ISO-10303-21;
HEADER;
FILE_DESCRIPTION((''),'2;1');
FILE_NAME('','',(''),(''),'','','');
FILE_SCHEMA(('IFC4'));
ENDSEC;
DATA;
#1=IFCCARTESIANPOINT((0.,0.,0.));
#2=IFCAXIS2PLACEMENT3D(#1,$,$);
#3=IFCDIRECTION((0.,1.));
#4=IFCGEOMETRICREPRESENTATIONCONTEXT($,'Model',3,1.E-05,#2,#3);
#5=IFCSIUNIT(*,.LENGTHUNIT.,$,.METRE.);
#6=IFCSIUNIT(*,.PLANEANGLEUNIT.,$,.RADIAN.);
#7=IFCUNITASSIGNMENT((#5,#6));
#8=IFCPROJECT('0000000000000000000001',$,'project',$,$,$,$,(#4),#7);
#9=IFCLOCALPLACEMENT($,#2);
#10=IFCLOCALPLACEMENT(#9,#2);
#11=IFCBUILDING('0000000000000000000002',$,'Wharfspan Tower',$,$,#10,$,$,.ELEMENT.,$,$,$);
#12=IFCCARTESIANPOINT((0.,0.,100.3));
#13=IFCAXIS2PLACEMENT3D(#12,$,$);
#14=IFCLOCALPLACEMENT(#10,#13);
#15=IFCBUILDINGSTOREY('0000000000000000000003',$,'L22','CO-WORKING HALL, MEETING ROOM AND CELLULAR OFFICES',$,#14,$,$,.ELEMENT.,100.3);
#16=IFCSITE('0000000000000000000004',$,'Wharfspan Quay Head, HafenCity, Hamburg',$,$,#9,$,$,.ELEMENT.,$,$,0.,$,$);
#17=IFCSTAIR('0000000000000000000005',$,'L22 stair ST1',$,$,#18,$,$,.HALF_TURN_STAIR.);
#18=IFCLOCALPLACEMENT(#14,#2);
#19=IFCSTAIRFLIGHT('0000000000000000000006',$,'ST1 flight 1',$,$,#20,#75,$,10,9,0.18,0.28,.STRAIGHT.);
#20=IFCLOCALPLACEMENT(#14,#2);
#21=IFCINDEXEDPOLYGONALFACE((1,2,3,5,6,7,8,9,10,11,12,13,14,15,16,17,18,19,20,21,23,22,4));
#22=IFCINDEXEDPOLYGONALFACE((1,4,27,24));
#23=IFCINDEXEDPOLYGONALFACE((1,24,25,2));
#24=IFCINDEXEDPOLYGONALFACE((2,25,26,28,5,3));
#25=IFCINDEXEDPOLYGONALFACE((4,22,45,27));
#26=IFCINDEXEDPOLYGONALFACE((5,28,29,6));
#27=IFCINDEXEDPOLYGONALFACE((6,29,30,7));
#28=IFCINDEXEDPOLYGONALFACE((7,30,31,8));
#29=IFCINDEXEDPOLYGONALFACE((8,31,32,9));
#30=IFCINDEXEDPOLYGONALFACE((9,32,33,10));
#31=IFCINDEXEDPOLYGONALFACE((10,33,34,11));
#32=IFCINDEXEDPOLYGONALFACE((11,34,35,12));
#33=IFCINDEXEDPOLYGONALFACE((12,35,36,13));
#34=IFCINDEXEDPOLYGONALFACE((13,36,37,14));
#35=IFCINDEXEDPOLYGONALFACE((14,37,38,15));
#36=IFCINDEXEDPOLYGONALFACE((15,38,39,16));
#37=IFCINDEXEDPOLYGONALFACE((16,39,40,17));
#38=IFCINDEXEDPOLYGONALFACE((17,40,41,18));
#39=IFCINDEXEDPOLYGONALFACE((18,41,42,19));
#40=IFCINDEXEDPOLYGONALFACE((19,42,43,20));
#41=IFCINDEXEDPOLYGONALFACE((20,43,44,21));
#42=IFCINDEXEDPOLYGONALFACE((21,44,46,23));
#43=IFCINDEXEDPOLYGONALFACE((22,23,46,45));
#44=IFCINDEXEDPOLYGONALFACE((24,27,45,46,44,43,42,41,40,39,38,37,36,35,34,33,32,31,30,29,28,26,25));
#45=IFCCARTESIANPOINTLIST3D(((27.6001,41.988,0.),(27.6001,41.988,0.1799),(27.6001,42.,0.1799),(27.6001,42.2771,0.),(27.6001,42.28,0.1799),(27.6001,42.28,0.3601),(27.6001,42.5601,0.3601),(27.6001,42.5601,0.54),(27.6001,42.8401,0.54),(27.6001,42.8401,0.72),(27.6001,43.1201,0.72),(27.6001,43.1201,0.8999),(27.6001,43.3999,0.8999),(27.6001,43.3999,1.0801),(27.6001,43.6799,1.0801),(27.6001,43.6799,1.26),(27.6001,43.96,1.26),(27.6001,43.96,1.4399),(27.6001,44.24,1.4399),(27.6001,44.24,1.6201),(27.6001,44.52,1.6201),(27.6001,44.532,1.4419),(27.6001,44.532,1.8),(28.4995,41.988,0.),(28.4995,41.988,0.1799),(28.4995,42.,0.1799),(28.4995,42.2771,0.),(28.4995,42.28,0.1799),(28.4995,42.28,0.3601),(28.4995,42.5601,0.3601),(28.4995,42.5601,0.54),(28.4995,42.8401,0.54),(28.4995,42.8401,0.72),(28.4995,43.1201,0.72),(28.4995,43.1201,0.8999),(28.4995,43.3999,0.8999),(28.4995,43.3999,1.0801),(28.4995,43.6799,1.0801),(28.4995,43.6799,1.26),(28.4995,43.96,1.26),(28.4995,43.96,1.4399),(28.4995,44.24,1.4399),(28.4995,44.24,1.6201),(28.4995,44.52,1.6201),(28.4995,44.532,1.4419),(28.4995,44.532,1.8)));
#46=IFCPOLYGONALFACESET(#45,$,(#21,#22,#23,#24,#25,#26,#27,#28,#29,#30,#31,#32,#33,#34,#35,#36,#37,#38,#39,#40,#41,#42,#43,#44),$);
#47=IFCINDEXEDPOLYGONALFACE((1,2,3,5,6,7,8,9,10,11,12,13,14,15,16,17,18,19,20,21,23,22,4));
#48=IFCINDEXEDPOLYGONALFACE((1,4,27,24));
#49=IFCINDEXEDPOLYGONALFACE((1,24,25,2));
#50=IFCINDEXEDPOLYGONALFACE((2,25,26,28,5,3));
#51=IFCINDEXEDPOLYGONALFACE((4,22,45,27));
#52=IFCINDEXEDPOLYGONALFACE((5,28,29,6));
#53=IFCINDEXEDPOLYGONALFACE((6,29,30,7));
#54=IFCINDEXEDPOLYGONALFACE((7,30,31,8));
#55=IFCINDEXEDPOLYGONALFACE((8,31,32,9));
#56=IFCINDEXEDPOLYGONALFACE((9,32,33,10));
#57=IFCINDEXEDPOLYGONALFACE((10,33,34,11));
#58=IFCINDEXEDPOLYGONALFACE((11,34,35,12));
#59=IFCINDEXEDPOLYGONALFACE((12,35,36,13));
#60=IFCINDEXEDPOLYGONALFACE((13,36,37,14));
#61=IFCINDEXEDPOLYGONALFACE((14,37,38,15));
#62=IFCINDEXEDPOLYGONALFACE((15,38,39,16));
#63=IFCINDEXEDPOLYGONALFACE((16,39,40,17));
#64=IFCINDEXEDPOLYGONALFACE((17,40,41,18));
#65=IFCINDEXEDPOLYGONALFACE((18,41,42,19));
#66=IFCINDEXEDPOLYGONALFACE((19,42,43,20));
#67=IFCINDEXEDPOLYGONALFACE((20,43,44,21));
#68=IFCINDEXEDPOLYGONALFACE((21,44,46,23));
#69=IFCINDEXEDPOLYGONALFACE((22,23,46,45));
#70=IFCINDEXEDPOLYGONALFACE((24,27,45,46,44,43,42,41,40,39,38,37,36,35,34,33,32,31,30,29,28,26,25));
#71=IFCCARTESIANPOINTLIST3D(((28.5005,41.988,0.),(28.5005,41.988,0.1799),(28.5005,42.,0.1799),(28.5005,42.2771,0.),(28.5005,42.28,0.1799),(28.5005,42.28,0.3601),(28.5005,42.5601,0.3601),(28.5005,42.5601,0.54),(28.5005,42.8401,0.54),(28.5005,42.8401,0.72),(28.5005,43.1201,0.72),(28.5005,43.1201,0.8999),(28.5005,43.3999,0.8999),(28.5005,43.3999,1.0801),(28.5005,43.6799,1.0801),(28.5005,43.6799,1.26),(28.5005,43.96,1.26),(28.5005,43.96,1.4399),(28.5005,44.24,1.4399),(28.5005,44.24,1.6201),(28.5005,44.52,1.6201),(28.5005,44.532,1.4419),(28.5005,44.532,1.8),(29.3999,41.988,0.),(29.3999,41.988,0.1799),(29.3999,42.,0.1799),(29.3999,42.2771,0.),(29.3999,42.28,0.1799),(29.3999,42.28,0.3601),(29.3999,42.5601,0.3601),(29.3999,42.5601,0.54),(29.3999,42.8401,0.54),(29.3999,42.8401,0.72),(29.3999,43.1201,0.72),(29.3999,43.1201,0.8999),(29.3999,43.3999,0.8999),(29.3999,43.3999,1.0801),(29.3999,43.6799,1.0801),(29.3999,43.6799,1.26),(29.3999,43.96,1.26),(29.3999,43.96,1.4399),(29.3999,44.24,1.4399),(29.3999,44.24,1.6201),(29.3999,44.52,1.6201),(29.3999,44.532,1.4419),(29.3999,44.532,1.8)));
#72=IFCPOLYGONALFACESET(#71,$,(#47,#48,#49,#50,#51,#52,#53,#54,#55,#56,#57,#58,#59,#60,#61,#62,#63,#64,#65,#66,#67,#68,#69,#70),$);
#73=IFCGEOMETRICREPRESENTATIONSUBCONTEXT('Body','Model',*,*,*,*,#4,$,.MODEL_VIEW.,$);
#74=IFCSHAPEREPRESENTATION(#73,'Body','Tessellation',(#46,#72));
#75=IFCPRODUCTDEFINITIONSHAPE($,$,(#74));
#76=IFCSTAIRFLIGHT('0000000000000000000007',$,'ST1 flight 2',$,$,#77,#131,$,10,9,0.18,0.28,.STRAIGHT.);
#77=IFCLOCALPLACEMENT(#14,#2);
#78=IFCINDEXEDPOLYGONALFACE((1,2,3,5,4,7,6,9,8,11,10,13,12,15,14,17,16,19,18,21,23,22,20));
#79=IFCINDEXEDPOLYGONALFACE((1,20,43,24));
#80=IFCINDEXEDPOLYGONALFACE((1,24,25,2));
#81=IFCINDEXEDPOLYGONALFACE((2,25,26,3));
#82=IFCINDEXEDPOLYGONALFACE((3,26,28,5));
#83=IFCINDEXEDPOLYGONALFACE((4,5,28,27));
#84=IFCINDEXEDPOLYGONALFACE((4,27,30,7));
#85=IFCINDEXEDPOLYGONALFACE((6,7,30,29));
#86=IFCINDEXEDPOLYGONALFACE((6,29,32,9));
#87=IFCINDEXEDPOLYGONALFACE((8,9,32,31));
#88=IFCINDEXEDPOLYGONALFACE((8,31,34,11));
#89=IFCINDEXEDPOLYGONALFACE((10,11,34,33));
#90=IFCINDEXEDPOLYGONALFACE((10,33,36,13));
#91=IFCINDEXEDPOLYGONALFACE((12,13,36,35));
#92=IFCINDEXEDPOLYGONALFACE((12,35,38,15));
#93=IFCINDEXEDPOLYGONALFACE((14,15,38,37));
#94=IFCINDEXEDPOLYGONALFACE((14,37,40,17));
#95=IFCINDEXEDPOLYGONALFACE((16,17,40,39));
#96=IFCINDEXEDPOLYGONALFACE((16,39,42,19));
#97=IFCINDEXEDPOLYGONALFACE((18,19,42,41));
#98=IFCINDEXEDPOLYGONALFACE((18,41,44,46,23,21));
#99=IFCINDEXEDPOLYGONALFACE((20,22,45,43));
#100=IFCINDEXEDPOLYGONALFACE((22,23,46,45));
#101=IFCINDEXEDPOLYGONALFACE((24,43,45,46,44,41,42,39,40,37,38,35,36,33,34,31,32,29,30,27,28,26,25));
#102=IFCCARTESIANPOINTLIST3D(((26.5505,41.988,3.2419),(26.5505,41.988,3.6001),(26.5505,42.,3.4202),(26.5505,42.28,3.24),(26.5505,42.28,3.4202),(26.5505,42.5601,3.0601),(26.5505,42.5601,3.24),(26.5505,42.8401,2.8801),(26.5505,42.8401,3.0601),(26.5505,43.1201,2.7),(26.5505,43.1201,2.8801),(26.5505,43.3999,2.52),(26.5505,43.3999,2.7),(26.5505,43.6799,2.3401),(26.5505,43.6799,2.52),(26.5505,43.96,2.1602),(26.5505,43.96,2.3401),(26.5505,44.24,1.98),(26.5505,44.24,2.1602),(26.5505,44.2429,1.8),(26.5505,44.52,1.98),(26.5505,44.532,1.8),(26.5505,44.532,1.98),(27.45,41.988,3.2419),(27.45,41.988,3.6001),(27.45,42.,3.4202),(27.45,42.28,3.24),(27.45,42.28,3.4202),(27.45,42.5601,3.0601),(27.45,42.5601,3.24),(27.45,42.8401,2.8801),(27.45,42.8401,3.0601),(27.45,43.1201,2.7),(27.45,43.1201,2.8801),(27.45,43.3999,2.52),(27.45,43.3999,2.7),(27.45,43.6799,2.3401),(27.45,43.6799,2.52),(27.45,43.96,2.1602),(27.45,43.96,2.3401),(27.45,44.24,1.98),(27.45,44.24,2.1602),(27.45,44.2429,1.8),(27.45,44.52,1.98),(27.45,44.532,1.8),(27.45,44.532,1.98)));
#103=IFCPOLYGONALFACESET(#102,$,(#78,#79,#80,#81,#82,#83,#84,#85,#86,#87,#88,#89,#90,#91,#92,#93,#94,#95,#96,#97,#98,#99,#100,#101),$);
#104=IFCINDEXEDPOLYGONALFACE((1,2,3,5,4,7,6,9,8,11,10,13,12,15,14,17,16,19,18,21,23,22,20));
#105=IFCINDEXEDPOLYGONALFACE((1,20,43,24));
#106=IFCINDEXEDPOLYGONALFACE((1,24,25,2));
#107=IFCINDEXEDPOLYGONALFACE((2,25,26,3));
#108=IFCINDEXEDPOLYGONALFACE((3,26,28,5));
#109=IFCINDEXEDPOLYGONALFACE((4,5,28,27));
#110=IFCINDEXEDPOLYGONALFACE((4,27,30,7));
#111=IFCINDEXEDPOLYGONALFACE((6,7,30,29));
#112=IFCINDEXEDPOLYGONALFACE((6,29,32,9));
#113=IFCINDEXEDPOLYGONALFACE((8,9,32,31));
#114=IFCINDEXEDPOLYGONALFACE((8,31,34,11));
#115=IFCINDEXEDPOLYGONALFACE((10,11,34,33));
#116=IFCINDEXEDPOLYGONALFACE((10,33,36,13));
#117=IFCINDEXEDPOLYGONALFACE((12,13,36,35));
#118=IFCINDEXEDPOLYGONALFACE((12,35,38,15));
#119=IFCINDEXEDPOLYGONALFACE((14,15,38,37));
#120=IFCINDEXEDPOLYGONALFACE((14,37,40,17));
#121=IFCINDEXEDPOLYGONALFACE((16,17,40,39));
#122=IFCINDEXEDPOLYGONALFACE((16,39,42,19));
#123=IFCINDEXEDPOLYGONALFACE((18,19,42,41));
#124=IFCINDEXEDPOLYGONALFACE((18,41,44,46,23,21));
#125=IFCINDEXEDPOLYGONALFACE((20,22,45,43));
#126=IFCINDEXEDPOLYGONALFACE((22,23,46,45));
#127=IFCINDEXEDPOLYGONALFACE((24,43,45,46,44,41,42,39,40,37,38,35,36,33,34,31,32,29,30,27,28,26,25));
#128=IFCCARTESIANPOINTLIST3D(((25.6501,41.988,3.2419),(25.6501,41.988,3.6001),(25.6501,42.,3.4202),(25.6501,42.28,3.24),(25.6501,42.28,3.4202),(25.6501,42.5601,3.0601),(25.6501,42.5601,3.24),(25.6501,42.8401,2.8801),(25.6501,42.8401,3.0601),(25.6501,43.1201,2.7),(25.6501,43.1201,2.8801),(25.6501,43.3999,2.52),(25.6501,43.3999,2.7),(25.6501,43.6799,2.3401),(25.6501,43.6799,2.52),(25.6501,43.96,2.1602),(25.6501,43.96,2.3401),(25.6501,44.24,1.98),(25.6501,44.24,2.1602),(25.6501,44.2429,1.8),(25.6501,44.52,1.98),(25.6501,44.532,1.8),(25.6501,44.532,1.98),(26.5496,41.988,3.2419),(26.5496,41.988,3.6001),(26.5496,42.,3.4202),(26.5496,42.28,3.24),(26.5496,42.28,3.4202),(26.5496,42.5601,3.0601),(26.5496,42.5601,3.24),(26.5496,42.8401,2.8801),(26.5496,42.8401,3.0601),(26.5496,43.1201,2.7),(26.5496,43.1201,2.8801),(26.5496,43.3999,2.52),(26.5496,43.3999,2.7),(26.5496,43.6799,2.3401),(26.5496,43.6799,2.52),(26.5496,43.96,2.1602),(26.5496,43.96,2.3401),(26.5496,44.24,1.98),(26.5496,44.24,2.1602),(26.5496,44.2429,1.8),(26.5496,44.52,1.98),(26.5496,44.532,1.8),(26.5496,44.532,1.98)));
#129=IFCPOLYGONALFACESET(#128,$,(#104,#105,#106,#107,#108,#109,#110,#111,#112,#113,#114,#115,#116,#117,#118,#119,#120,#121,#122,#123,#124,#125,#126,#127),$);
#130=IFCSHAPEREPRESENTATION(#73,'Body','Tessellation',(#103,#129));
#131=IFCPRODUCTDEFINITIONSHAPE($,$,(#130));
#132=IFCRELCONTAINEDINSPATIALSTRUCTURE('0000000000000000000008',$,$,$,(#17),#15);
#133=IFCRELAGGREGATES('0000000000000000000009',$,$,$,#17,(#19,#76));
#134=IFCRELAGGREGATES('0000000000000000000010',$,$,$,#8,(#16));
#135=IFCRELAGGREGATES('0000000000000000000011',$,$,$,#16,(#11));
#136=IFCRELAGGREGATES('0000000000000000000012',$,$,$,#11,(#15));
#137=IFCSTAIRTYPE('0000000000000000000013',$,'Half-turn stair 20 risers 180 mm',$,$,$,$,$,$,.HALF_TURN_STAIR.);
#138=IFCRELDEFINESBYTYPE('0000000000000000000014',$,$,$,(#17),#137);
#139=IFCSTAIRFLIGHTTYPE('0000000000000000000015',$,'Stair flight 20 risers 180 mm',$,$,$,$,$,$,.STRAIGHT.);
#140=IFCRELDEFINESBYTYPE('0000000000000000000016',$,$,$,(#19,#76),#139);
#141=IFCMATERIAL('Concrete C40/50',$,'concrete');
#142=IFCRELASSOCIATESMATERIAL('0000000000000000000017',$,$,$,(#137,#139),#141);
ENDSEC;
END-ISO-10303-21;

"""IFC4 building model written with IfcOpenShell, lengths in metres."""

from ifc_helpers import new_model, si_unit, direction, frame, origin, place, context, subcontext, project, spatial, polyline, outline, extrude, material, type_object, element, aggregate, save


model = new_model("IFC4")

# Units and contexts
model_context = context("Model", 3, precision=1e-05, world=origin(), true_north=direction((0.0, 1.0)))
body_context = subcontext(model_context, "Body", "Model", "MODEL_VIEW")
ifc_project = project(units=[si_unit("LENGTHUNIT", "METRE"), si_unit("PLANEANGLEUNIT", "RADIAN")], contexts=[model_context])

# Site, building, storey
site_placement = place(None, origin())
site = spatial("IfcSite", under=ifc_project, at=site_placement, Name="Wharfspan Quay Head, HafenCity, Hamburg", CompositionType="ELEMENT", RefElevation=0.0)
building_placement = place(site_placement, origin())
building = spatial("IfcBuilding", under=site, at=building_placement, Name="Wharfspan Tower", CompositionType="ELEMENT")
storey_placement = place(building_placement, frame((0.0, 0.0, 100.3)))
storey = spatial("IfcBuildingStorey", under=building, at=storey_placement, Name="L22", Description="CO-WORKING HALL, MEETING ROOM AND CELLULAR OFFICES", CompositionType="ELEMENT", Elevation=100.3)

# Shared definitions
ifc_material_1 = material(Name="Concrete C40/50", Category="concrete")

# Stair, stair flights
stair_type = type_object("IfcStairType", Name="Half-turn stair 20 risers 180 mm", PredefinedType="HALF_TURN_STAIR", material=ifc_material_1)
stair_placement = place(storey_placement, origin())
stair = element("IfcStair", 1, at=stair_placement, inside=storey, type_object=stair_type, Name="L22 stair ST1", PredefinedType="HALF_TURN_STAIR")
stair_flight_type = type_object("IfcStairFlightType", Name="Stair flight 20 risers 180 mm", PredefinedType="STRAIGHT", material=ifc_material_1)
stair_flight_1_placement = place(storey_placement, frame((28.5, 42.0, 0.0), z_axis=(0.0, 0.0, 1.0), x_axis=(0.0, 1.0, 0.0)))
stair_flight_1 = element("IfcStairFlight", 2, at=stair_flight_1_placement, type_object=stair_flight_type, Name="ST1 flight 1", NumberOfRisers=10, NumberOfTreads=9, PredefinedType="STRAIGHT", RiserHeight=0.18, TreadLength=0.28, context=body_context, shape_type="SweptSolid", body=[
    extrude(outline(polyline([(-0.012, 0.0), (-0.012, 0.1799), (0.0, 0.1799), (0.28, 0.1799), (0.28, 0.3601), (0.5601, 0.3601), (0.5601, 0.54), (0.8401, 0.54), (0.8401, 0.72), (1.1201, 0.72), (1.1201, 0.8999), (1.3999, 0.8999), (1.3999, 1.0801), (1.6799, 1.0801), (1.6799, 1.26), (1.96, 1.26), (1.96, 1.4399), (2.24, 1.4399), (2.24, 1.6201), (2.52, 1.6201), (2.532, 1.8), (2.532, 1.4419), (0.2771, 0.0), (-0.012, 0.0)])), frame((0.0, 0.8999, 0.0), z_axis=(0.0, -1.0, 0.0), x_axis=(1.0, 0.0, 0.0)), (0.0, 0.0, 1.0), 0.8994),
    extrude(outline(polyline([(-0.012, 0.0), (-0.012, 0.1799), (0.0, 0.1799), (0.28, 0.1799), (0.28, 0.3601), (0.5601, 0.3601), (0.5601, 0.54), (0.8401, 0.54), (0.8401, 0.72), (1.1201, 0.72), (1.1201, 0.8999), (1.3999, 0.8999), (1.3999, 1.0801), (1.6799, 1.0801), (1.6799, 1.26), (1.96, 1.26), (1.96, 1.4399), (2.24, 1.4399), (2.24, 1.6201), (2.52, 1.6201), (2.532, 1.8), (2.532, 1.4419), (0.2771, 0.0), (-0.012, 0.0)])), frame((0.0, -0.0005, 0.0), z_axis=(0.0, -1.0, 0.0), x_axis=(1.0, 0.0, 0.0)), (0.0, 0.0, 1.0), 0.8994),
])
stair_flight_2_placement = place(storey_placement, frame((26.55, 44.52, 1.8), z_axis=(0.0, 0.0, 1.0), x_axis=(0.0, -1.0, 0.0)))
stair_flight_2 = element("IfcStairFlight", 3, at=stair_flight_2_placement, type_object=stair_flight_type, Name="ST1 flight 2", NumberOfRisers=10, NumberOfTreads=9, PredefinedType="STRAIGHT", RiserHeight=0.18, TreadLength=0.28, context=body_context, shape_type="SweptSolid", body=[
    extrude(outline(polyline([(-0.012, 0.0), (-0.012, 0.1799), (0.0, 0.1799), (0.28, 0.1799), (0.28, 0.3601), (0.5601, 0.3601), (0.5601, 0.54), (0.8401, 0.54), (0.8401, 0.72), (1.1201, 0.72), (1.1201, 0.8999), (1.3999, 0.8999), (1.3999, 1.0801), (1.6799, 1.0801), (1.6799, 1.26), (1.96, 1.26), (1.96, 1.4399), (2.24, 1.4399), (2.24, 1.6201), (2.52, 1.6201), (2.532, 1.8), (2.532, 1.4419), (0.2771, 0.0), (-0.012, 0.0)])), frame((0.0, 0.8999, 0.0), z_axis=(0.0, -1.0, 0.0), x_axis=(1.0, 0.0, 0.0)), (0.0, 0.0, 1.0), 0.8994),
    extrude(outline(polyline([(-0.012, 0.0), (-0.012, 0.1799), (0.0, 0.1799), (0.28, 0.1799), (0.28, 0.3601), (0.5601, 0.3601), (0.5601, 0.54), (0.8401, 0.54), (0.8401, 0.72), (1.1201, 0.72), (1.1201, 0.8999), (1.3999, 0.8999), (1.3999, 1.0801), (1.6799, 1.0801), (1.6799, 1.26), (1.96, 1.26), (1.96, 1.4399), (2.24, 1.4399), (2.24, 1.6201), (2.52, 1.6201), (2.532, 1.8), (2.532, 1.4419), (0.2771, 0.0), (-0.012, 0.0)])), frame((0.0, -0.0005, 0.0), z_axis=(0.0, -1.0, 0.0), x_axis=(1.0, 0.0, 0.0)), (0.0, 0.0, 1.0), 0.8994),
])
aggregate(stair, [stair_flight_1, stair_flight_2])

save(model, "model.ifc")
